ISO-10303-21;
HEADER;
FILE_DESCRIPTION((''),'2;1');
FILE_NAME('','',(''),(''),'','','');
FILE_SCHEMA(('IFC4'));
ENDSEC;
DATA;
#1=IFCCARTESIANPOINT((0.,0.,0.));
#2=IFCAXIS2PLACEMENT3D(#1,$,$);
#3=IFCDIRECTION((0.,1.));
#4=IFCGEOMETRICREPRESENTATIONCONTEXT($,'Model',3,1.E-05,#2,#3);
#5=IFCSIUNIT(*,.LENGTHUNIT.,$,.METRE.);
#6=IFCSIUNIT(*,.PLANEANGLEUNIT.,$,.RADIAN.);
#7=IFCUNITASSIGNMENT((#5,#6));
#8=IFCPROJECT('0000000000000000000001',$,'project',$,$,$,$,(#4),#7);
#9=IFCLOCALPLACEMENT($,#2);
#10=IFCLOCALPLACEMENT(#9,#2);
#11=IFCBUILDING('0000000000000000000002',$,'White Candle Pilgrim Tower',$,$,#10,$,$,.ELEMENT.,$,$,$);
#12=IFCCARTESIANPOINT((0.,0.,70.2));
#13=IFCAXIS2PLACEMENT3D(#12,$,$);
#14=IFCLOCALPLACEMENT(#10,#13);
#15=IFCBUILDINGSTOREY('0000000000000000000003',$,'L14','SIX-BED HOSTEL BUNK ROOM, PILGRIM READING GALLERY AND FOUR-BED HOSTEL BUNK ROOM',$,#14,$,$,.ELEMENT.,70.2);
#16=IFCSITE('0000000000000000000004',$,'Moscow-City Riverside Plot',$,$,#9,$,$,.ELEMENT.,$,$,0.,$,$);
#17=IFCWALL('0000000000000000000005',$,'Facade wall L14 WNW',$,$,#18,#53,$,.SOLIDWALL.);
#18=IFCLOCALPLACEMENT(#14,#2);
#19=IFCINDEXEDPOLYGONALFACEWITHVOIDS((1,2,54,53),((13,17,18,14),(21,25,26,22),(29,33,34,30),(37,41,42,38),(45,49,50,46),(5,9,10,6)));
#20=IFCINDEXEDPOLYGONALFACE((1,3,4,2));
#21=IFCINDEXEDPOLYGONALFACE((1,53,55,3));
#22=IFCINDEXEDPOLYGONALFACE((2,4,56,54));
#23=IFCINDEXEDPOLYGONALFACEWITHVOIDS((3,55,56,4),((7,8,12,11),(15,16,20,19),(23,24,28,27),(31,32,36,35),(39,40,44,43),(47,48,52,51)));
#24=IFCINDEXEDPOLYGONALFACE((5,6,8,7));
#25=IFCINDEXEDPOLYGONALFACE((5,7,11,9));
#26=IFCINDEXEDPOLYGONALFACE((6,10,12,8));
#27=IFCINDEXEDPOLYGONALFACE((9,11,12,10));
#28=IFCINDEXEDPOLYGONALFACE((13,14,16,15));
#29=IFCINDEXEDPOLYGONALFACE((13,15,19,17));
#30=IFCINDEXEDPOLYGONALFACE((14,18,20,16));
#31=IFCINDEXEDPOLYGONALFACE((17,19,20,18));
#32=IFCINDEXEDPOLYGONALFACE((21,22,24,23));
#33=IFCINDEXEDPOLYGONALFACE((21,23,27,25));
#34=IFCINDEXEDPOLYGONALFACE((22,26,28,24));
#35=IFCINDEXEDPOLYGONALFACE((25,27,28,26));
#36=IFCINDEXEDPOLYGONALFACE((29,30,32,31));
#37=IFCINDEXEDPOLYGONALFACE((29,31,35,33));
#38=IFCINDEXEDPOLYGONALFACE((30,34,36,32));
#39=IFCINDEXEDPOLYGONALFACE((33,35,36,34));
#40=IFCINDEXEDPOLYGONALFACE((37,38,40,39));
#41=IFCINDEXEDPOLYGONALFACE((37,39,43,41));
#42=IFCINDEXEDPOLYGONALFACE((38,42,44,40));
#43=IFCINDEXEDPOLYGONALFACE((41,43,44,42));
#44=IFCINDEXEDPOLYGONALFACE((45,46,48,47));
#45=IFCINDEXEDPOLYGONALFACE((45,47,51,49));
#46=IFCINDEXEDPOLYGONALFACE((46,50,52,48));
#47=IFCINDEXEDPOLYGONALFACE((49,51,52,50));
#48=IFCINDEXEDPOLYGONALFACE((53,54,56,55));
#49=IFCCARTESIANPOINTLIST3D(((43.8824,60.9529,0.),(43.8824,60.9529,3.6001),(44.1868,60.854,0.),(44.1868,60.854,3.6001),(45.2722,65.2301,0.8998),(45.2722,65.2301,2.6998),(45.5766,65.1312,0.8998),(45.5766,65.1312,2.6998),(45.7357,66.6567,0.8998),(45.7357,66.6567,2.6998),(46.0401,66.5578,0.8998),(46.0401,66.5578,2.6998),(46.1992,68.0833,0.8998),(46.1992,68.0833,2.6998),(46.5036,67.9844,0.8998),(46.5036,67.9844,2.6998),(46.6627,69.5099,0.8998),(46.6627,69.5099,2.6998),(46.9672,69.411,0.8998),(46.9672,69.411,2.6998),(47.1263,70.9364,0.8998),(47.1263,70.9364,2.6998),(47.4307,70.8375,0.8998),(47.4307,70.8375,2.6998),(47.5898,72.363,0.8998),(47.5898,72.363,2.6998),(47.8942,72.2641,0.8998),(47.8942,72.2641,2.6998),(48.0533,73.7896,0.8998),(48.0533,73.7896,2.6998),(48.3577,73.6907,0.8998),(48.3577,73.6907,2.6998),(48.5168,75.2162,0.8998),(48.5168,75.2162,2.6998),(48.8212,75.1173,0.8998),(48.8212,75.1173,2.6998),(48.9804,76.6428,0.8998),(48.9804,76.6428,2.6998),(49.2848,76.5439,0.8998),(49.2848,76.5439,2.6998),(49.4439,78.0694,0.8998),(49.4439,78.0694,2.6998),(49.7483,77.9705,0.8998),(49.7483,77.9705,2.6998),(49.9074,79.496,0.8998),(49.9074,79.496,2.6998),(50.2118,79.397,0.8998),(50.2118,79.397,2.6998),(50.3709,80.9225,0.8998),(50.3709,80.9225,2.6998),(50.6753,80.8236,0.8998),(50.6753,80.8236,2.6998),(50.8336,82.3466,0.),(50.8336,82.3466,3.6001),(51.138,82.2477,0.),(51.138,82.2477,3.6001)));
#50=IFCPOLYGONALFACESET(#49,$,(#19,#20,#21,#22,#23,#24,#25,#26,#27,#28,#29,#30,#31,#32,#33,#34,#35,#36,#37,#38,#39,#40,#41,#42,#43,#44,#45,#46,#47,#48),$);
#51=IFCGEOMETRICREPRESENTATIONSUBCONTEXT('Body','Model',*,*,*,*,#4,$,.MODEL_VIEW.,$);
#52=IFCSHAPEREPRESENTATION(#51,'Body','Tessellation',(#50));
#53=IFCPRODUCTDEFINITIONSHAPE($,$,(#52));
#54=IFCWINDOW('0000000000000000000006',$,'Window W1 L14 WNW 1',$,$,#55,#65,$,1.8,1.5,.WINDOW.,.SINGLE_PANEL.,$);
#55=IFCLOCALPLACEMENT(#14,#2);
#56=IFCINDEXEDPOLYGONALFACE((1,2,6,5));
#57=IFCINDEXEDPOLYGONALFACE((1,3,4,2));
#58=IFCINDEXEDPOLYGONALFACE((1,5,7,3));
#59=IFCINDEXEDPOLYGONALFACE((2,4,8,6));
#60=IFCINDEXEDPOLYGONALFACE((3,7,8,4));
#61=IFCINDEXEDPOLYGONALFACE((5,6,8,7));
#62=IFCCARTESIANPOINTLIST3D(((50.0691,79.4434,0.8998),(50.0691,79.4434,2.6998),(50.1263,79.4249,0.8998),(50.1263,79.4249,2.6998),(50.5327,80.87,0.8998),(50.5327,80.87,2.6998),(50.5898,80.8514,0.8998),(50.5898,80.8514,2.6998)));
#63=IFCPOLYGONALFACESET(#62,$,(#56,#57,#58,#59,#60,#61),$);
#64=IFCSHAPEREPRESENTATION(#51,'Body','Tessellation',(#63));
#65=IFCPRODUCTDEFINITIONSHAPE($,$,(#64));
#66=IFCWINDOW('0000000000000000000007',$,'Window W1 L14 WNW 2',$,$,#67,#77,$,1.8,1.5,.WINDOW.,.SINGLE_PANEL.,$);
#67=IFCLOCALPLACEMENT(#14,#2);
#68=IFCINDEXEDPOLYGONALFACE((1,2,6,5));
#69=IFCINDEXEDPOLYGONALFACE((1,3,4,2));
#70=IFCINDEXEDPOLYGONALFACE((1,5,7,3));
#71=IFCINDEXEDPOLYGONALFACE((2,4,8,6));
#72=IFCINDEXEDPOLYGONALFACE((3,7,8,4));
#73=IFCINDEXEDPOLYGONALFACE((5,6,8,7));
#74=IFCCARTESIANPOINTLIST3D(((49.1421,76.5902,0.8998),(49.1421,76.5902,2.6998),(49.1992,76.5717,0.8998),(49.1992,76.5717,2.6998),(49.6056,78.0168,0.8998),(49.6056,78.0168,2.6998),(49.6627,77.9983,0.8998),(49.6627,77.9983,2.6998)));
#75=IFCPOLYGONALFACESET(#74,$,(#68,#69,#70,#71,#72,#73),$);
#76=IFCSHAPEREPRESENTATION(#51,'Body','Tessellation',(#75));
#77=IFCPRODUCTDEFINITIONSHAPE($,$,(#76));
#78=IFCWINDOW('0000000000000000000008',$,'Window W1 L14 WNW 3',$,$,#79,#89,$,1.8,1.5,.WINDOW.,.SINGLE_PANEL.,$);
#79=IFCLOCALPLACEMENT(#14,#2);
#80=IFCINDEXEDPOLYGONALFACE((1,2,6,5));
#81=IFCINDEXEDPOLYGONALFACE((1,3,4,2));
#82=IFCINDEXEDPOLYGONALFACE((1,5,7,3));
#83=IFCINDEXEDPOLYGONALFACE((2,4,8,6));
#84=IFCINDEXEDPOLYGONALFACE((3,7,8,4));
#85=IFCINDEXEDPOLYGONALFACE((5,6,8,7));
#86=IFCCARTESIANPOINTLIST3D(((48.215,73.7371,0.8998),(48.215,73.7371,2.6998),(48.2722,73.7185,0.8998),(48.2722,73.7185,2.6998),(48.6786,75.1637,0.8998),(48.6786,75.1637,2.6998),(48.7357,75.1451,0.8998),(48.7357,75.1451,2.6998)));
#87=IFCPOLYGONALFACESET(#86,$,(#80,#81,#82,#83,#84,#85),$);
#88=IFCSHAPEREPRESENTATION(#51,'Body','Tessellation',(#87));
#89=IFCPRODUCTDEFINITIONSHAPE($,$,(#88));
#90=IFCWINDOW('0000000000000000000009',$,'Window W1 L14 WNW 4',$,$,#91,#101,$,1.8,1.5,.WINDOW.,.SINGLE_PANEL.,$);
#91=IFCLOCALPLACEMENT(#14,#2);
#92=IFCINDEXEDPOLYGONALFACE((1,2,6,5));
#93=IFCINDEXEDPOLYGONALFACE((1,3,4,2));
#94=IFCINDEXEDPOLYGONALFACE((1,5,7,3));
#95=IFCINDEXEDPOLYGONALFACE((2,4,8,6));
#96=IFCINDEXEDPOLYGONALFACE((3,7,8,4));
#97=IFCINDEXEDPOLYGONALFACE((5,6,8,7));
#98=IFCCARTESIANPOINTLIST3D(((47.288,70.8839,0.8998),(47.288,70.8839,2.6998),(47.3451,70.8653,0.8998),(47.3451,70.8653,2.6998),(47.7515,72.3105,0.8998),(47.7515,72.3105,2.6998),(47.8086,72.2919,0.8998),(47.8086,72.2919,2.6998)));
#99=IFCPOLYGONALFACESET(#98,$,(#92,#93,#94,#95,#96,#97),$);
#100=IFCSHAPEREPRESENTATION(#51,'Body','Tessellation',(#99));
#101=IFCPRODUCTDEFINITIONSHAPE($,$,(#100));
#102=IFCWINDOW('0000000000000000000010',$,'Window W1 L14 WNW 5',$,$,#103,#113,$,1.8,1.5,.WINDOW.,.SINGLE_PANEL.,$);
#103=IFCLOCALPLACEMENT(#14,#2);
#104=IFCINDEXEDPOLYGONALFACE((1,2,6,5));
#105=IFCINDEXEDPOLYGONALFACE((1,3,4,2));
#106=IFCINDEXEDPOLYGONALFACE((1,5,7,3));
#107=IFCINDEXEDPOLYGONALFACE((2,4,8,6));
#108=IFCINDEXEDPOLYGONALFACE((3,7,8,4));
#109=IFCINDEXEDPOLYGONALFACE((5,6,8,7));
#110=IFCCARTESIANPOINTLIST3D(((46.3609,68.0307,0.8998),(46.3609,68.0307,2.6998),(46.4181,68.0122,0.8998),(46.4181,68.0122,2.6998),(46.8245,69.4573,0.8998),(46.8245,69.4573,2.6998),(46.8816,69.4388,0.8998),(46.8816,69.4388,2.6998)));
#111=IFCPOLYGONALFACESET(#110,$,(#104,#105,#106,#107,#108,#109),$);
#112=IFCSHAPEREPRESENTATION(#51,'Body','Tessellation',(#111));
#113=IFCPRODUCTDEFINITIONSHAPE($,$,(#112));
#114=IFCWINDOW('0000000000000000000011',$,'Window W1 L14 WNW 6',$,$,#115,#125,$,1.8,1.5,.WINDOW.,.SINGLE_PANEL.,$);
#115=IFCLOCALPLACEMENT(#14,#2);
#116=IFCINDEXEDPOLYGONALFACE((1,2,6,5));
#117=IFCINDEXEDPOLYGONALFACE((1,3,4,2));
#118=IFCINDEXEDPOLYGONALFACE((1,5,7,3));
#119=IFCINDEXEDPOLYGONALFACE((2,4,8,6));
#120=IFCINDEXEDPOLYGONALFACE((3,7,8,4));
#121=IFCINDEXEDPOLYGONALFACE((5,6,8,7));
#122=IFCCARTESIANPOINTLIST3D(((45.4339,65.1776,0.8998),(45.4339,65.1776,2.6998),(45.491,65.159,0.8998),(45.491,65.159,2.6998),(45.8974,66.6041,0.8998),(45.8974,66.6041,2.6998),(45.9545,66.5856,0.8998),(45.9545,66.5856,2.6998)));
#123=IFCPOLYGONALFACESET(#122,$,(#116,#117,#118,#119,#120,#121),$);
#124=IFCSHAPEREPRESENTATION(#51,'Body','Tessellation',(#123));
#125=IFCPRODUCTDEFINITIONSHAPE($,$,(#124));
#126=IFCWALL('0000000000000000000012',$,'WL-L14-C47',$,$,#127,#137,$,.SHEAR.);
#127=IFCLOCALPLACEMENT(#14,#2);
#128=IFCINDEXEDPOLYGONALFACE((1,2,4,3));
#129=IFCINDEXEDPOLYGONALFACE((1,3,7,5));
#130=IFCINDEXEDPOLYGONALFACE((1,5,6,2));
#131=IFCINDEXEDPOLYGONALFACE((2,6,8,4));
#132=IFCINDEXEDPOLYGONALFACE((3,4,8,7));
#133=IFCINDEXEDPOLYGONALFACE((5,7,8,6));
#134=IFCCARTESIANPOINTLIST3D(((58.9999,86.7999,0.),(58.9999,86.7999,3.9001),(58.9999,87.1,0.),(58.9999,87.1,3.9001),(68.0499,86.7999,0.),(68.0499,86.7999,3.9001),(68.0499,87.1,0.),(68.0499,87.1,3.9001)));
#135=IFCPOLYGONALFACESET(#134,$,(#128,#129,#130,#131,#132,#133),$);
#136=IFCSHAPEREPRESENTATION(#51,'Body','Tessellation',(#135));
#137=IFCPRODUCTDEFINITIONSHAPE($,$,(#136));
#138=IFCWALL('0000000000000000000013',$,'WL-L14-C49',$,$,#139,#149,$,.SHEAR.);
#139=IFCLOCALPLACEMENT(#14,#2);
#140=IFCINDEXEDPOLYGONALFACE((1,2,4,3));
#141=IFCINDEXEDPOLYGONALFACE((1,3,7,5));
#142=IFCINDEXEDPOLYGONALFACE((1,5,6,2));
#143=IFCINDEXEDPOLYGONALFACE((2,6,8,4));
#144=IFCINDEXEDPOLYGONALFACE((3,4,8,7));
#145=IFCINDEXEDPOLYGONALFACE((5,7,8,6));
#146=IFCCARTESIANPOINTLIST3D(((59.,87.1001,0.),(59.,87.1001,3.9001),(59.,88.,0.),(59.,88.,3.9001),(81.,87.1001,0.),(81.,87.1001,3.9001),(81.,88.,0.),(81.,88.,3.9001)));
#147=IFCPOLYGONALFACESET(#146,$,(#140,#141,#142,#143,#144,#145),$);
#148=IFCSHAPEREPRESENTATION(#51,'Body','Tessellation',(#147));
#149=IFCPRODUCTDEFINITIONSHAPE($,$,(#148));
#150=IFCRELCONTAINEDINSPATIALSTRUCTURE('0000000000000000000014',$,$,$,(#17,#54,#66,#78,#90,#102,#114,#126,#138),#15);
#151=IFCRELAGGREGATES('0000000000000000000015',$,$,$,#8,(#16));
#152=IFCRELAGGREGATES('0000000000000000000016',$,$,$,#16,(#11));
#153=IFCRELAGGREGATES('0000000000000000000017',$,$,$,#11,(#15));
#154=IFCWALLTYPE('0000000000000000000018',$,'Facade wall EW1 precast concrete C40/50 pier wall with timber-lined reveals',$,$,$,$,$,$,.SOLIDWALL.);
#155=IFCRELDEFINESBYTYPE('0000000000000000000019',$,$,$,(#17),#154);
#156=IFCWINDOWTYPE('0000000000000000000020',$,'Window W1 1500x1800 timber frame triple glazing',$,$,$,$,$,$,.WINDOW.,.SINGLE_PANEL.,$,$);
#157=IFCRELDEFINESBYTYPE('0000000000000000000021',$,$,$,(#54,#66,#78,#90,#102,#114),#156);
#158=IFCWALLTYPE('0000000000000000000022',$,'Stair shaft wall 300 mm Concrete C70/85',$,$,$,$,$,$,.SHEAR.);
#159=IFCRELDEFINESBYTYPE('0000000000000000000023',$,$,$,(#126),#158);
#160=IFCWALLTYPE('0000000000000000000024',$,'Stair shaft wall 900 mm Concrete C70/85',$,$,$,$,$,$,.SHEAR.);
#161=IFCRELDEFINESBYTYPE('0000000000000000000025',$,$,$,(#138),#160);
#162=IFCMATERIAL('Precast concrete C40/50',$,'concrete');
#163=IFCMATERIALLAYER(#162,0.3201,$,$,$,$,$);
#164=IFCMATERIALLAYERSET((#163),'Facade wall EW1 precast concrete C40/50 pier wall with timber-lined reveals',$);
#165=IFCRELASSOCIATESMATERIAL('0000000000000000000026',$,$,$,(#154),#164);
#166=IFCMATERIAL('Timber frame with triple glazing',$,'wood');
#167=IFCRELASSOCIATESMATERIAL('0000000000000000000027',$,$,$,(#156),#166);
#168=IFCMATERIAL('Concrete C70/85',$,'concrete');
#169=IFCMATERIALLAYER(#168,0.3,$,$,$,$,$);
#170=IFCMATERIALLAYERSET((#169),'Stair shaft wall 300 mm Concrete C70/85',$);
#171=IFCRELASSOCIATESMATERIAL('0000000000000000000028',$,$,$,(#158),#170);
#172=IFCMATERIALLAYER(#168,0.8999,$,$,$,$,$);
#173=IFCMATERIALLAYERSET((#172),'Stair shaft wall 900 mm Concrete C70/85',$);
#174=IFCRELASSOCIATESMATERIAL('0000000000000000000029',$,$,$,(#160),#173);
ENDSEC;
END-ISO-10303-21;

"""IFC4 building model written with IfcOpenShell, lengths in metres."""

from ifc_helpers import new_model, si_unit, direction, frame, frame_2d, origin, place, context, subcontext, project, spatial, rectangle, extrude, material, layer, layer_set, type_object, element, fill, save


model = new_model("IFC4")

# Units and contexts
model_context = context("Model", 3, precision=1e-05, world=origin(), true_north=direction((0.0, 1.0)))
body_context = subcontext(model_context, "Body", "Model", "MODEL_VIEW")
ifc_project = project(units=[si_unit("LENGTHUNIT", "METRE"), si_unit("PLANEANGLEUNIT", "RADIAN")], contexts=[model_context])

# Site, building, storey
site_placement = place(None, origin())
site = spatial("IfcSite", under=ifc_project, at=site_placement, Name="Moscow-City Riverside Plot", CompositionType="ELEMENT", RefElevation=0.0)
building_placement = place(site_placement, origin())
building = spatial("IfcBuilding", under=site, at=building_placement, Name="White Candle Pilgrim Tower", CompositionType="ELEMENT")
storey_placement = place(building_placement, frame((0.0, 0.0, 70.2)))
storey = spatial("IfcBuildingStorey", under=building, at=storey_placement, Name="L14", Description="SIX-BED HOSTEL BUNK ROOM, PILGRIM READING GALLERY AND FOUR-BED HOSTEL BUNK ROOM", CompositionType="ELEMENT", Elevation=70.2)

# Shared definitions
ifc_material_1 = material(Name="Concrete C70/85", Category="concrete")

# Wall, openings, windows
ifc_material_2 = material(Name="Precast concrete C40/50", Category="concrete")
ifc_layer_1 = layer(ifc_material_2, 0.3201)
ifc_layer_set_1 = layer_set([ifc_layer_1], Name="Facade wall EW1 precast concrete C40/50 pier wall with timber-lined reveals")
wall_type_1 = type_object("IfcWallType", Name="Facade wall EW1 precast concrete C40/50 pier wall with timber-lined reveals", PredefinedType="SOLIDWALL", material=ifc_layer_set_1)
ifc_material_3 = material(Name="Timber frame with triple glazing", Category="wood")
wall_1_placement = place(storey_placement, frame((50.9858, 82.2971, 0.0), z_axis=(0.0, 0.0, 1.0), x_axis=(-0.309016, -0.951057, 0.0)))
wall_1 = element("IfcWall", 1, at=wall_1_placement, inside=storey, type_object=wall_type_1, Name="Facade wall L14 WNW", PredefinedType="SOLIDWALL", context=body_context, shape_type="SweptSolid", body=[
    extrude(rectangle(XDim=22.4946, YDim=0.3201, at=frame_2d((11.2473, 0.0))), origin(), (0.0, 0.0, 1.0), 3.6001),
])
opening_1_placement = place(wall_1_placement, frame((1.4973, 0.0, 0.8999)))
opening_1 = element("IfcOpeningElement", 2, at=opening_1_placement, cuts=wall_1, PredefinedType="OPENING", context=body_context, shape_type="SweptSolid", body=[
    extrude(rectangle(XDim=1.5, YDim=1.8, at=frame_2d((0.75, 0.8999))), frame((0.0, 0.1699, 0.0), z_axis=(0.0, -1.0, 0.0), x_axis=(1.0, 0.0, 0.0)), (0.0, 0.0, 1.0), 0.3401),
])
opening_2_placement = place(wall_1_placement, frame((4.4973, 0.0, 0.8999)))
opening_2 = element("IfcOpeningElement", 3, at=opening_2_placement, cuts=wall_1, PredefinedType="OPENING", context=body_context, shape_type="SweptSolid", body=[
    extrude(rectangle(XDim=1.5, YDim=1.8, at=frame_2d((0.75, 0.8999))), frame((0.0, 0.1699, 0.0), z_axis=(0.0, -1.0, 0.0), x_axis=(1.0, 0.0, 0.0)), (0.0, 0.0, 1.0), 0.3401),
])
opening_3_placement = place(wall_1_placement, frame((7.4973, 0.0, 0.8999)))
opening_3 = element("IfcOpeningElement", 4, at=opening_3_placement, cuts=wall_1, PredefinedType="OPENING", context=body_context, shape_type="SweptSolid", body=[
    extrude(rectangle(XDim=1.5, YDim=1.8, at=frame_2d((0.75, 0.8999))), frame((0.0, 0.1699, 0.0), z_axis=(0.0, -1.0, 0.0), x_axis=(1.0, 0.0, 0.0)), (0.0, 0.0, 1.0), 0.3401),
])
opening_4_placement = place(wall_1_placement, frame((10.4973, 0.0, 0.8999)))
opening_4 = element("IfcOpeningElement", 5, at=opening_4_placement, cuts=wall_1, PredefinedType="OPENING", context=body_context, shape_type="SweptSolid", body=[
    extrude(rectangle(XDim=1.5, YDim=1.8, at=frame_2d((0.75, 0.8999))), frame((0.0, 0.1699, 0.0), z_axis=(0.0, -1.0, 0.0), x_axis=(1.0, 0.0, 0.0)), (0.0, 0.0, 1.0), 0.3401),
])
opening_5_placement = place(wall_1_placement, frame((13.4973, 0.0, 0.8999)))
opening_5 = element("IfcOpeningElement", 6, at=opening_5_placement, cuts=wall_1, PredefinedType="OPENING", context=body_context, shape_type="SweptSolid", body=[
    extrude(rectangle(XDim=1.5, YDim=1.8, at=frame_2d((0.75, 0.8999))), frame((0.0, 0.1699, 0.0), z_axis=(0.0, -1.0, 0.0), x_axis=(1.0, 0.0, 0.0)), (0.0, 0.0, 1.0), 0.3401),
])
opening_6_placement = place(wall_1_placement, frame((16.4973, 0.0, 0.8999)))
opening_6 = element("IfcOpeningElement", 7, at=opening_6_placement, cuts=wall_1, PredefinedType="OPENING", context=body_context, shape_type="SweptSolid", body=[
    extrude(rectangle(XDim=1.5, YDim=1.8, at=frame_2d((0.75, 0.8999))), frame((0.0, 0.1699, 0.0), z_axis=(0.0, -1.0, 0.0), x_axis=(1.0, 0.0, 0.0)), (0.0, 0.0, 1.0), 0.3401),
])
window_type_1 = type_object("IfcWindowType", Name="Window W1 1500x1800 timber frame triple glazing", PartitioningType="SINGLE_PANEL", PredefinedType="WINDOW", material=ifc_material_3)
window_1_placement = place(opening_1_placement, origin())
window_1 = element("IfcWindow", 8, at=window_1_placement, inside=storey, type_object=window_type_1, Name="Window W1 L14 WNW 1", OverallHeight=1.8, OverallWidth=1.5, PartitioningType="SINGLE_PANEL", PredefinedType="WINDOW", context=body_context, shape_type="SweptSolid", body=[
    extrude(rectangle(XDim=1.5, YDim=1.8, at=frame_2d((0.75, 0.8999))), frame((0.0, 0.0701, 0.0), z_axis=(0.0, -1.0, 0.0), x_axis=(1.0, 0.0, 0.0)), (0.0, 0.0, 1.0), 0.0601),
])
fill(opening_1, window_1)
window_2_placement = place(opening_2_placement, origin())
window_2 = element("IfcWindow", 9, at=window_2_placement, inside=storey, type_object=window_type_1, Name="Window W1 L14 WNW 2", OverallHeight=1.8, OverallWidth=1.5, PartitioningType="SINGLE_PANEL", PredefinedType="WINDOW", context=body_context, shape_type="SweptSolid", body=[
    extrude(rectangle(XDim=1.5, YDim=1.8, at=frame_2d((0.75, 0.8999))), frame((0.0, 0.0701, 0.0), z_axis=(0.0, -1.0, 0.0), x_axis=(1.0, 0.0, 0.0)), (0.0, 0.0, 1.0), 0.0601),
])
fill(opening_2, window_2)
window_3_placement = place(opening_3_placement, origin())
window_3 = element("IfcWindow", 10, at=window_3_placement, inside=storey, type_object=window_type_1, Name="Window W1 L14 WNW 3", OverallHeight=1.8, OverallWidth=1.5, PartitioningType="SINGLE_PANEL", PredefinedType="WINDOW", context=body_context, shape_type="SweptSolid", body=[
    extrude(rectangle(XDim=1.5, YDim=1.8, at=frame_2d((0.75, 0.8999))), frame((0.0, 0.0701, 0.0), z_axis=(0.0, -1.0, 0.0), x_axis=(1.0, 0.0, 0.0)), (0.0, 0.0, 1.0), 0.0601),
])
fill(opening_3, window_3)
window_4_placement = place(opening_4_placement, origin())
window_4 = element("IfcWindow", 11, at=window_4_placement, inside=storey, type_object=window_type_1, Name="Window W1 L14 WNW 4", OverallHeight=1.8, OverallWidth=1.5, PartitioningType="SINGLE_PANEL", PredefinedType="WINDOW", context=body_context, shape_type="SweptSolid", body=[
    extrude(rectangle(XDim=1.5, YDim=1.8, at=frame_2d((0.75, 0.8999))), frame((0.0, 0.0701, 0.0), z_axis=(0.0, -1.0, 0.0), x_axis=(1.0, 0.0, 0.0)), (0.0, 0.0, 1.0), 0.0601),
])
fill(opening_4, window_4)
window_5_placement = place(opening_5_placement, origin())
window_5 = element("IfcWindow", 12, at=window_5_placement, inside=storey, type_object=window_type_1, Name="Window W1 L14 WNW 5", OverallHeight=1.8, OverallWidth=1.5, PartitioningType="SINGLE_PANEL", PredefinedType="WINDOW", context=body_context, shape_type="SweptSolid", body=[
    extrude(rectangle(XDim=1.5, YDim=1.8, at=frame_2d((0.75, 0.8999))), frame((0.0, 0.0701, 0.0), z_axis=(0.0, -1.0, 0.0), x_axis=(1.0, 0.0, 0.0)), (0.0, 0.0, 1.0), 0.0601),
])
fill(opening_5, window_5)
window_6_placement = place(opening_6_placement, origin())
window_6 = element("IfcWindow", 13, at=window_6_placement, inside=storey, type_object=window_type_1, Name="Window W1 L14 WNW 6", OverallHeight=1.8, OverallWidth=1.5, PartitioningType="SINGLE_PANEL", PredefinedType="WINDOW", context=body_context, shape_type="SweptSolid", body=[
    extrude(rectangle(XDim=1.5, YDim=1.8, at=frame_2d((0.75, 0.8999))), frame((0.0, 0.0701, 0.0), z_axis=(0.0, -1.0, 0.0), x_axis=(1.0, 0.0, 0.0)), (0.0, 0.0, 1.0), 0.0601),
])
fill(opening_6, window_6)

# Walls
ifc_layer_2 = layer(ifc_material_1, 0.3)
ifc_layer_set_2 = layer_set([ifc_layer_2], Name="Stair shaft wall 300 mm Concrete C70/85")
wall_type_2 = type_object("IfcWallType", Name="Stair shaft wall 300 mm Concrete C70/85", PredefinedType="SHEAR", material=ifc_layer_set_2)
wall_2_placement = place(storey_placement, frame((59.0, 86.95, 0.0), z_axis=(0.0, 0.0, 1.0), x_axis=(1.0, 0.0, 0.0)))
element("IfcWall", 14, at=wall_2_placement, inside=storey, type_object=wall_type_2, Name="WL-L14-C47", PredefinedType="SHEAR", context=body_context, shape_type="SweptSolid", body=[
    extrude(rectangle(XDim=9.05, YDim=0.3, at=frame_2d((4.5249, 0.0))), origin(), (0.0, 0.0, 1.0), 3.9001),
])
ifc_layer_3 = layer(ifc_material_1, 0.8999)
ifc_layer_set_3 = layer_set([ifc_layer_3], Name="Stair shaft wall 900 mm Concrete C70/85")
wall_type_3 = type_object("IfcWallType", Name="Stair shaft wall 900 mm Concrete C70/85", PredefinedType="SHEAR", material=ifc_layer_set_3)
wall_3_placement = place(storey_placement, frame((59.0, 87.55, 0.0), z_axis=(0.0, 0.0, 1.0), x_axis=(1.0, 0.0, 0.0)))
element("IfcWall", 15, at=wall_3_placement, inside=storey, type_object=wall_type_3, Name="WL-L14-C49", PredefinedType="SHEAR", context=body_context, shape_type="SweptSolid", body=[
    extrude(rectangle(XDim=22.0, YDim=0.8999, at=frame_2d((11.0, 0.0))), origin(), (0.0, 0.0, 1.0), 3.9001),
])

save(model, "model.ifc")
